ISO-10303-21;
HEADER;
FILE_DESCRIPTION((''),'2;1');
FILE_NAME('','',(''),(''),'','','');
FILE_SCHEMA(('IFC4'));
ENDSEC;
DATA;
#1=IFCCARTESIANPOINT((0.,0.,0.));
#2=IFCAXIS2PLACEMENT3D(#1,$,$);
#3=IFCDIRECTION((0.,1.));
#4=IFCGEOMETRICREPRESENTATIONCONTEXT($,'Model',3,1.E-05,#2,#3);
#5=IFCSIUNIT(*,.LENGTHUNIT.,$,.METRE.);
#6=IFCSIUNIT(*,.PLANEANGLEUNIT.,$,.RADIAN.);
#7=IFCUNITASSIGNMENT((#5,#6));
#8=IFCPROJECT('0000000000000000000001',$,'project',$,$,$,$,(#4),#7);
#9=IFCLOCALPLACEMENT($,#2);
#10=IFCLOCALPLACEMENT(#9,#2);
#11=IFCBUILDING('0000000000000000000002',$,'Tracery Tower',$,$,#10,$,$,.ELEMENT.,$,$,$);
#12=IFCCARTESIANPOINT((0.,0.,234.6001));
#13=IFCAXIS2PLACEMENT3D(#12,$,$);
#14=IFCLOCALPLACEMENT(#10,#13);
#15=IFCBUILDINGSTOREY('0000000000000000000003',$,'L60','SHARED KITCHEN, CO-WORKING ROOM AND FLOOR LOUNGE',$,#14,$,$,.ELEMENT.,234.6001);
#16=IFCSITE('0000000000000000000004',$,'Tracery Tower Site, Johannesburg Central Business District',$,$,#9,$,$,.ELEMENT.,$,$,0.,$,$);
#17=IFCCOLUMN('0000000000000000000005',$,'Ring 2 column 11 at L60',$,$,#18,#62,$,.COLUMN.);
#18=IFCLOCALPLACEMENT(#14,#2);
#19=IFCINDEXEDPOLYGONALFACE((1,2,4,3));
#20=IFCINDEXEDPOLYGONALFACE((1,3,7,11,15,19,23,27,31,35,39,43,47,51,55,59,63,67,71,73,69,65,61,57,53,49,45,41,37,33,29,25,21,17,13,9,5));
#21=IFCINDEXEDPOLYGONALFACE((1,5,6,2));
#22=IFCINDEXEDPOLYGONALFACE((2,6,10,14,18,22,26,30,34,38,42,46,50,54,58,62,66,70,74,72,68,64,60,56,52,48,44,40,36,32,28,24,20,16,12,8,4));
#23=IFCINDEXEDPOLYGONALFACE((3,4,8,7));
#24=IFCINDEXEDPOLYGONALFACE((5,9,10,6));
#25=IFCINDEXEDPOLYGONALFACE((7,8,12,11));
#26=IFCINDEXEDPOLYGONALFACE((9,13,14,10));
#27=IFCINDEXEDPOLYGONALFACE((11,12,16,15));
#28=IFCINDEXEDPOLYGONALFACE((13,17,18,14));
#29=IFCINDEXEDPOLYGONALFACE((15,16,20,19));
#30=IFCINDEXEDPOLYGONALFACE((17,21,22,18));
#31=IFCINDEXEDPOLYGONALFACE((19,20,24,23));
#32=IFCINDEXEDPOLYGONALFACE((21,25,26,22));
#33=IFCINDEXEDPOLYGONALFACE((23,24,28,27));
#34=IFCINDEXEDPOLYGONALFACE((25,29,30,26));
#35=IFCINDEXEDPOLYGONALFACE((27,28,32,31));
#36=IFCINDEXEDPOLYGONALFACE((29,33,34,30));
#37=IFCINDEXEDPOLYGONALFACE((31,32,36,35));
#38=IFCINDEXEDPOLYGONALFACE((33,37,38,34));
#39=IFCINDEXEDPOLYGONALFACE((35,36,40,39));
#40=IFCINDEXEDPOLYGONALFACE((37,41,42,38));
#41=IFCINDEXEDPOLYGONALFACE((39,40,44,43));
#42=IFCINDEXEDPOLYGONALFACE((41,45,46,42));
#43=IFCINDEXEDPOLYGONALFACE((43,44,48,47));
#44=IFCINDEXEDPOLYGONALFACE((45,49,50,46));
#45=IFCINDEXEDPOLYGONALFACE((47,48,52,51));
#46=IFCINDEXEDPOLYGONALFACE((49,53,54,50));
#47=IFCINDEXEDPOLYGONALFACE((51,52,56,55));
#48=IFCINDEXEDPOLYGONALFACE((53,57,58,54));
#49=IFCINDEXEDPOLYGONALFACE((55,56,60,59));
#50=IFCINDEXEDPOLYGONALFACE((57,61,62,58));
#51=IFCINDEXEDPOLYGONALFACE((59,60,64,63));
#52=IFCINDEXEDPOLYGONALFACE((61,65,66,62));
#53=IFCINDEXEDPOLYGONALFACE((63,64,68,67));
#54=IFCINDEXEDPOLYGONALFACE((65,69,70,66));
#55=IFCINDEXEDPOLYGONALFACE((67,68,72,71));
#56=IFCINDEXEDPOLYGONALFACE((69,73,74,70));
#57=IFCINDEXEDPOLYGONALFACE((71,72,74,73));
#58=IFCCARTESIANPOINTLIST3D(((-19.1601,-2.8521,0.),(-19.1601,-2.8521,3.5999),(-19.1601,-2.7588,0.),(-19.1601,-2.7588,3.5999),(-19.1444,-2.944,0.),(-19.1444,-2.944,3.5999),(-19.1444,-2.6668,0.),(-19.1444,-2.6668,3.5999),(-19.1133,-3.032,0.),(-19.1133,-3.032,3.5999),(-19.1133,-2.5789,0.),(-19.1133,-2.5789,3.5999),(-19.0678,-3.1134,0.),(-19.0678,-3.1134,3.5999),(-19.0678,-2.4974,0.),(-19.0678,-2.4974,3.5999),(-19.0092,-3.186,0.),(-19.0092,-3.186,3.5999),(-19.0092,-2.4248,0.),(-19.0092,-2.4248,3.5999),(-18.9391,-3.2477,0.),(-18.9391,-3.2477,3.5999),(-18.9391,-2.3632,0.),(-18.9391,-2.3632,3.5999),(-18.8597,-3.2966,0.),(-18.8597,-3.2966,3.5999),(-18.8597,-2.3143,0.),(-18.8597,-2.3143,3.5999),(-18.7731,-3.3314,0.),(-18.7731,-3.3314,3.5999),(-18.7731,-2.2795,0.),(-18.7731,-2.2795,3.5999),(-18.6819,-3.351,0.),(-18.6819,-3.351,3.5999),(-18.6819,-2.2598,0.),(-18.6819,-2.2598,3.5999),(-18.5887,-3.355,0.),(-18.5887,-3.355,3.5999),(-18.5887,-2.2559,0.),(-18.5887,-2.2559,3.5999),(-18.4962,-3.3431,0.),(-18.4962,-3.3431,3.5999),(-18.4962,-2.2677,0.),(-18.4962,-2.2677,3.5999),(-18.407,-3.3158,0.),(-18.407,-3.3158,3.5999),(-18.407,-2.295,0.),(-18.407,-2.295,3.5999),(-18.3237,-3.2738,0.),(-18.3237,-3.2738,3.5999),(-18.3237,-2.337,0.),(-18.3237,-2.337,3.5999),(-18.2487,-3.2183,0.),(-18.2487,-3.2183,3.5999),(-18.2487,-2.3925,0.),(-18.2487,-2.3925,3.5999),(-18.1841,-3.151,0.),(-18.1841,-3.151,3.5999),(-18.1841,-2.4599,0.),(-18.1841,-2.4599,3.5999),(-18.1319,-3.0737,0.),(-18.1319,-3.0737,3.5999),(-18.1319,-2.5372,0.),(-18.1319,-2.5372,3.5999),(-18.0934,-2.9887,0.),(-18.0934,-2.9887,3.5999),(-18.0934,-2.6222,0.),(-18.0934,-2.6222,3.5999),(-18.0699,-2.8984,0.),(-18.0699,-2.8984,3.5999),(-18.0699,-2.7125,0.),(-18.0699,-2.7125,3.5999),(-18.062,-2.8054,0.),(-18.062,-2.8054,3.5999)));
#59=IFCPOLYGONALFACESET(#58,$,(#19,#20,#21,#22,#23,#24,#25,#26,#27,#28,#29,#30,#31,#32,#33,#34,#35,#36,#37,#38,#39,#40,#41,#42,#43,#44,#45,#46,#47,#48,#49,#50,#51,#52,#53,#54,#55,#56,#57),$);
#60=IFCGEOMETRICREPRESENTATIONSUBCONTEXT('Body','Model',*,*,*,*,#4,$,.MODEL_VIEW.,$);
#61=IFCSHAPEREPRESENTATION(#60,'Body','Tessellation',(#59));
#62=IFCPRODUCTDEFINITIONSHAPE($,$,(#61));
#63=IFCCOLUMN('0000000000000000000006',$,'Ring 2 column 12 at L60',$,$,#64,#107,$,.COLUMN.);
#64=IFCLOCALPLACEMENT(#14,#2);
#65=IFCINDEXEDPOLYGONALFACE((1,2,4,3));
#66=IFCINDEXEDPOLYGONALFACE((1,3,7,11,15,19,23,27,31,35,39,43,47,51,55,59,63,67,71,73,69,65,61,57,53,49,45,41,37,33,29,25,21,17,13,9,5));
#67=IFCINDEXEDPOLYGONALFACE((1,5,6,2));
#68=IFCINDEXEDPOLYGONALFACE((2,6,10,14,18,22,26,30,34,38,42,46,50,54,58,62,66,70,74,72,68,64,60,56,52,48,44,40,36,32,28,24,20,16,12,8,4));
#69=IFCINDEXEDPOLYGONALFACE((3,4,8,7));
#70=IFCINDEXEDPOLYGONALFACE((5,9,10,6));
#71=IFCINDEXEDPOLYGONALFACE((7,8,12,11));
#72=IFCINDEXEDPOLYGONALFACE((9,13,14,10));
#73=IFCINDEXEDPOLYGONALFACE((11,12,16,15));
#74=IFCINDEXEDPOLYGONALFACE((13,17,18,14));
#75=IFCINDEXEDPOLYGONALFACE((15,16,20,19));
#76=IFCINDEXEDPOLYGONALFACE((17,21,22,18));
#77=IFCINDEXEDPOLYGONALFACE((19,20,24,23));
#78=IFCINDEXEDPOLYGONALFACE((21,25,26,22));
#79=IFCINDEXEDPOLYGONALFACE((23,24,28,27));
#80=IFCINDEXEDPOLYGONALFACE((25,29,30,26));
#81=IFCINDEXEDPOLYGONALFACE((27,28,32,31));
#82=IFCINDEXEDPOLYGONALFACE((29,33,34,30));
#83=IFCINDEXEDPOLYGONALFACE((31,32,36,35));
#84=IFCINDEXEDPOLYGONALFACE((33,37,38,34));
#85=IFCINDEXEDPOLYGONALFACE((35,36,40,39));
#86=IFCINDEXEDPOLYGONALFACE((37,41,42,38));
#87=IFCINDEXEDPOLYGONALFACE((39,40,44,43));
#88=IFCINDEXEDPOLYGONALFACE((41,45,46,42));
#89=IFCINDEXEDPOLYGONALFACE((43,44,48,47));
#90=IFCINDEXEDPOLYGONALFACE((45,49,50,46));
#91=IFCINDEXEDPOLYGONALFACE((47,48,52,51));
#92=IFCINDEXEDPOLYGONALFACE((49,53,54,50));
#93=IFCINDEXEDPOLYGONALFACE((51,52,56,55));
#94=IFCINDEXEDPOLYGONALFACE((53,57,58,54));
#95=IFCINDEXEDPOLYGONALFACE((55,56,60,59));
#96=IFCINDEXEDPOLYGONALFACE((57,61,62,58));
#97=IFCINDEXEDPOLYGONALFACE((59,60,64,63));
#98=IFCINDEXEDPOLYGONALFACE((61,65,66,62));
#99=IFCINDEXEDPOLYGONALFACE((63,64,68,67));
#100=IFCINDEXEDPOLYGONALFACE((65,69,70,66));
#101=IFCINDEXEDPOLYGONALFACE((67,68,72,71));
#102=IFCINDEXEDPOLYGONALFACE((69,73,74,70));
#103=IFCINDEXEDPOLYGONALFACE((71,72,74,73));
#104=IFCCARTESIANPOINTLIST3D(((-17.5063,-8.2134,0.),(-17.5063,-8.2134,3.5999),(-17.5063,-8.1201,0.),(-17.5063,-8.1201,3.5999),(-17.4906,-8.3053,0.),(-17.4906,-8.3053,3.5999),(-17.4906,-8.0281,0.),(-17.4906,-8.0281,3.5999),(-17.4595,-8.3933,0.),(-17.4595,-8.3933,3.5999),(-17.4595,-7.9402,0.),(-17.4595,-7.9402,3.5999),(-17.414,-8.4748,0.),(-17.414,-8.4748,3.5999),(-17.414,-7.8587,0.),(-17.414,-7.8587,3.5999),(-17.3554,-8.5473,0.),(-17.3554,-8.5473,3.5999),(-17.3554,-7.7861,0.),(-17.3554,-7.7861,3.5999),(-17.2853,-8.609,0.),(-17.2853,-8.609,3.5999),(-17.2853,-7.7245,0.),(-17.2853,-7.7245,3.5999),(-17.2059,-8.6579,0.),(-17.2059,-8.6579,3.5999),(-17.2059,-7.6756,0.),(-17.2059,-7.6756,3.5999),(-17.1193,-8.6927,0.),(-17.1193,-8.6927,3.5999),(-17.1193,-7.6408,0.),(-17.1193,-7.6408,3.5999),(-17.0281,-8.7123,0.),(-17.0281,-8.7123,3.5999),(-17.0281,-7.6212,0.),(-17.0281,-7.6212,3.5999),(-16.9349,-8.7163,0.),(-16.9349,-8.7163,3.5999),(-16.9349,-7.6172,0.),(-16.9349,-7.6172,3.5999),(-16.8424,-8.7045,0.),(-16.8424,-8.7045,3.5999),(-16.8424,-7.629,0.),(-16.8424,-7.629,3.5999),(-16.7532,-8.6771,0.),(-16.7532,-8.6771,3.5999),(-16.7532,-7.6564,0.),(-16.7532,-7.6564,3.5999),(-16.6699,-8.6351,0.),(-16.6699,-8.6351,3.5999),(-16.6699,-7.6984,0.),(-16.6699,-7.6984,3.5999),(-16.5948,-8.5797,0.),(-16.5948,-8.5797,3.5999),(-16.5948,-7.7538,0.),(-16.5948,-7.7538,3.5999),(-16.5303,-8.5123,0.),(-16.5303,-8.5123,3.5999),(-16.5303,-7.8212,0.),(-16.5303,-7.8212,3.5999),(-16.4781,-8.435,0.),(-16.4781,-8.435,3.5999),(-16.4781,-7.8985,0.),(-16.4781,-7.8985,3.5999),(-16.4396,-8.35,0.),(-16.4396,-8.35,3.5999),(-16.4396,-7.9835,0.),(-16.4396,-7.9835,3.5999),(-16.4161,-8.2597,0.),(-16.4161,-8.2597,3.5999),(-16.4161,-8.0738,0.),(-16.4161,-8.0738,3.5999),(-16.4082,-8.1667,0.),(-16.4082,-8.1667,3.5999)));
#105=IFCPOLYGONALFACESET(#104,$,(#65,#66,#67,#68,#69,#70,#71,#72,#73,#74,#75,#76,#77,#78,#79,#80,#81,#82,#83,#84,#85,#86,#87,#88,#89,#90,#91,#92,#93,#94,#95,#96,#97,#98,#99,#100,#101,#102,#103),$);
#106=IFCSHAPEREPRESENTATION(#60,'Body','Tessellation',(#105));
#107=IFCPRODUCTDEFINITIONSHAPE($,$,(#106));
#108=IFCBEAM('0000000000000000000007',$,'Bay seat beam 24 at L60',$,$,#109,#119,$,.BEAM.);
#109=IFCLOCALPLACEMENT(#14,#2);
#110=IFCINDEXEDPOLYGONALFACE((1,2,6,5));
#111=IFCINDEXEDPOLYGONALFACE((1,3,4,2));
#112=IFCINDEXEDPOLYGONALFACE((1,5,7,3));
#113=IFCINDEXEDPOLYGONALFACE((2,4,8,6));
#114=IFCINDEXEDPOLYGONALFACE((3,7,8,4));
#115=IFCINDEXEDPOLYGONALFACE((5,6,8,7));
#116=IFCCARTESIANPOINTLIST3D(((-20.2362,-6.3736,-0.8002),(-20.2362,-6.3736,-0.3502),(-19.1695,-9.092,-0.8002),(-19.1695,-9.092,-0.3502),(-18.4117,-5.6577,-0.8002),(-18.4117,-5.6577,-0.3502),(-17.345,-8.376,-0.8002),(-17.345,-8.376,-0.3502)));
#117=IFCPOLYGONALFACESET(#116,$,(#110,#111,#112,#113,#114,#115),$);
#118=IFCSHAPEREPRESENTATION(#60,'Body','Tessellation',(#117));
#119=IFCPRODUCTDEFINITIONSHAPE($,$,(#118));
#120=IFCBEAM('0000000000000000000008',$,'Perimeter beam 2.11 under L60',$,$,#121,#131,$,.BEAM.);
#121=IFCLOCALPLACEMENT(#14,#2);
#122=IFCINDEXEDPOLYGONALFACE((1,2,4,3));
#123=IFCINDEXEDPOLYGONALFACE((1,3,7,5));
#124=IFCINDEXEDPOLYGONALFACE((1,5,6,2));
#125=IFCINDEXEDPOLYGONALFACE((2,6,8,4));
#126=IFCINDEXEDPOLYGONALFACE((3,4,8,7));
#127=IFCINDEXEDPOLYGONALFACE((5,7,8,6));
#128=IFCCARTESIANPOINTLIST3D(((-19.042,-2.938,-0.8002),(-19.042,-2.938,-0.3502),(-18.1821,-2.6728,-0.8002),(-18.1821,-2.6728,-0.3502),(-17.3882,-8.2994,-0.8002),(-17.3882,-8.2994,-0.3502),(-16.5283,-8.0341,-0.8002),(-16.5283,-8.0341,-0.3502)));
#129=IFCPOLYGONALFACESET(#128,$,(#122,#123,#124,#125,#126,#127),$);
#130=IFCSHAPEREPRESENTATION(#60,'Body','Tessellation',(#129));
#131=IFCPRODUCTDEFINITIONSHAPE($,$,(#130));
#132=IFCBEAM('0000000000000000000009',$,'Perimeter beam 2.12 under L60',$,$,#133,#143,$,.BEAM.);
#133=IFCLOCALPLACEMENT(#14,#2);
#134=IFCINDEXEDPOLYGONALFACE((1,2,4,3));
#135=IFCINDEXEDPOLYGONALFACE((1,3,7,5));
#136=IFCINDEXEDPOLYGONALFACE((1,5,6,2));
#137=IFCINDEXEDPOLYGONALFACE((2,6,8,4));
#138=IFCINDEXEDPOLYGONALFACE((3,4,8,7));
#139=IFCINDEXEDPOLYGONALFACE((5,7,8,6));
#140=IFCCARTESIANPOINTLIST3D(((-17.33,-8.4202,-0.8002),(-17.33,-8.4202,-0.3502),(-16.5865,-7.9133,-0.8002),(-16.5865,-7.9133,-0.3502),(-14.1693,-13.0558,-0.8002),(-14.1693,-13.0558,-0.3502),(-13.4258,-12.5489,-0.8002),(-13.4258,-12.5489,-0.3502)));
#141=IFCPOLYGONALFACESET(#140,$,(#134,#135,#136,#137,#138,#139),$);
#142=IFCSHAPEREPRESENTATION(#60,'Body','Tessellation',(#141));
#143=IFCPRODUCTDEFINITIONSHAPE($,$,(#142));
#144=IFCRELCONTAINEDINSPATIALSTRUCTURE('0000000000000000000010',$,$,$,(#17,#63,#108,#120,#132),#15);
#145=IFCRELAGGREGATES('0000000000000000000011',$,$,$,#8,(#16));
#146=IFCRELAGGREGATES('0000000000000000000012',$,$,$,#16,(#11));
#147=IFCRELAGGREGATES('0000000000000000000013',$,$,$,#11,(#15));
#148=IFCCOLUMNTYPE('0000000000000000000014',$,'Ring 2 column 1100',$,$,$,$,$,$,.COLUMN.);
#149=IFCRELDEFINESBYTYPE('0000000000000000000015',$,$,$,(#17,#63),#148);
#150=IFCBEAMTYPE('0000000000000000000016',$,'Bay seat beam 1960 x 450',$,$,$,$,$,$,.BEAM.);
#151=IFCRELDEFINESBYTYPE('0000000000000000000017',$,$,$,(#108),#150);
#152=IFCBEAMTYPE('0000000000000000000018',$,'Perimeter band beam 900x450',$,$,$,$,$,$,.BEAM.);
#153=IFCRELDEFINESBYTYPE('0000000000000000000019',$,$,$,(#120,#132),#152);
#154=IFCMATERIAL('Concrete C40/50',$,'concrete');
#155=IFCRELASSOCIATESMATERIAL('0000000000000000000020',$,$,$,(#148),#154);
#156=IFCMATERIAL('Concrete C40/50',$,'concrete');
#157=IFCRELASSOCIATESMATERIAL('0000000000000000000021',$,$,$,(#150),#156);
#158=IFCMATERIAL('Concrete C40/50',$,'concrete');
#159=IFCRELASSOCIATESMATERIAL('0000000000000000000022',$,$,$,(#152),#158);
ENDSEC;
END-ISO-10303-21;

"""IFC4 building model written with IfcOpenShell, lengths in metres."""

from ifc_helpers import new_model, si_unit, direction, frame, origin, origin_2d, place, context, subcontext, project, spatial, rectangle, circle, extrude, material, material_profile, profile_set, type_object, element, save


model = new_model("IFC4")

# Units and contexts
model_context = context("Model", 3, precision=1e-05, world=origin(), true_north=direction((0.0, 1.0)))
body_context = subcontext(model_context, "Body", "Model", "MODEL_VIEW")
ifc_project = project(units=[si_unit("LENGTHUNIT", "METRE"), si_unit("PLANEANGLEUNIT", "RADIAN")], contexts=[model_context])

# Site, building, storey
site_placement = place(None, origin())
site = spatial("IfcSite", under=ifc_project, at=site_placement, Name="Tracery Tower Site, Johannesburg Central Business District", CompositionType="ELEMENT", RefElevation=0.0)
building_placement = place(site_placement, origin())
building = spatial("IfcBuilding", under=site, at=building_placement, Name="Tracery Tower", CompositionType="ELEMENT")
storey_placement = place(building_placement, frame((0.0, 0.0, 234.6001)))
storey = spatial("IfcBuildingStorey", under=building, at=storey_placement, Name="L60", Description="SHARED KITCHEN, CO-WORKING ROOM AND FLOOR LOUNGE", CompositionType="ELEMENT", Elevation=234.6001)

# Columns
ifc_material_1 = material(Name="Concrete C40/50", Category="concrete")
ifc_material_profile_1 = material_profile(ifc_material_1, circle(Radius=0.55, at=origin_2d()), Name="RC D1100")
ifc_profile_set_1 = profile_set([ifc_material_profile_1], Name="Concrete C40/50")
column_type = type_object("IfcColumnType", Name="Ring 2 column 1100", PredefinedType="COLUMN", material=ifc_profile_set_1)
for number, where, z_axis, x_axis, name in (
    (1, (-18.6121, -2.8054, 0.0), (0.0, 0.0, 1.0), (1.0, 0.0, 0.0), "Ring 2 column 11 at L60"),
    (2, (-16.9583, -8.1667, 0.0), (0.0, 0.0, 1.0), (1.0, 0.0, 0.0), "Ring 2 column 12 at L60"),
):
    element("IfcColumn", number, at=place(storey_placement, frame(where, z_axis=z_axis, x_axis=x_axis)), inside=storey, type_object=column_type, Name=name, PredefinedType="COLUMN", context=body_context, shape_type="SweptSolid", body=[
        extrude(circle(Radius=0.55, at=origin_2d()), origin(), (0.0, 0.0, 1.0), 3.5999),
    ])

# Beams
ifc_material_2 = material(Name="Concrete C40/50", Category="concrete")
ifc_material_profile_2 = material_profile(ifc_material_2, rectangle(XDim=1.96, YDim=0.45, at=origin_2d()), Name="RC 1960x450")
ifc_profile_set_2 = profile_set([ifc_material_profile_2], Name="Concrete C40/50")
beam_type_1 = type_object("IfcBeamType", Name="Bay seat beam 1960 x 450", PredefinedType="BEAM", material=ifc_profile_set_2)
beam_placement = place(storey_placement, frame((-19.324, -6.0156, -0.5752), z_axis=(0.365285, -0.930896, 0.0), x_axis=(0.930896, 0.365285, 0.0)))
element("IfcBeam", 3, at=beam_placement, inside=storey, type_object=beam_type_1, Name="Bay seat beam 24 at L60", PredefinedType="BEAM", context=body_context, shape_type="SweptSolid", body=[
    extrude(rectangle(XDim=1.96, YDim=0.45, at=origin_2d()), origin(), (0.0, 0.0, 1.0), 2.9202),
])
ifc_material_3 = material(Name="Concrete C40/50", Category="concrete")
ifc_material_profile_3 = material_profile(ifc_material_3, rectangle(XDim=0.8999, YDim=0.45, at=origin_2d()), Name="RC 900x450")
ifc_profile_set_3 = profile_set([ifc_material_profile_3], Name="Concrete C40/50")
beam_type_2 = type_object("IfcBeamType", Name="Perimeter band beam 900x450", PredefinedType="BEAM", material=ifc_profile_set_3)
for number, where, z_axis, x_axis, name in (
    (4, (-18.6121, -2.8054, -0.5752), (0.294765, -0.95557, 0.0), (0.95557, 0.294765, 0.0), "Perimeter beam 2.11 under L60"),
    (5, (-16.9583, -8.1667, -0.5752), (0.563346, -0.826221, 0.0), (0.826221, 0.563346, 0.0), "Perimeter beam 2.12 under L60"),
):
    element("IfcBeam", number, at=place(storey_placement, frame(where, z_axis=z_axis, x_axis=x_axis)), inside=storey, type_object=beam_type_2, Name=name, PredefinedType="BEAM", context=body_context, shape_type="SweptSolid", body=[
        extrude(rectangle(XDim=0.8999, YDim=0.45, at=origin_2d()), origin(), (0.0, 0.0, 1.0), 5.6106),
    ])

save(model, "model.ifc")
